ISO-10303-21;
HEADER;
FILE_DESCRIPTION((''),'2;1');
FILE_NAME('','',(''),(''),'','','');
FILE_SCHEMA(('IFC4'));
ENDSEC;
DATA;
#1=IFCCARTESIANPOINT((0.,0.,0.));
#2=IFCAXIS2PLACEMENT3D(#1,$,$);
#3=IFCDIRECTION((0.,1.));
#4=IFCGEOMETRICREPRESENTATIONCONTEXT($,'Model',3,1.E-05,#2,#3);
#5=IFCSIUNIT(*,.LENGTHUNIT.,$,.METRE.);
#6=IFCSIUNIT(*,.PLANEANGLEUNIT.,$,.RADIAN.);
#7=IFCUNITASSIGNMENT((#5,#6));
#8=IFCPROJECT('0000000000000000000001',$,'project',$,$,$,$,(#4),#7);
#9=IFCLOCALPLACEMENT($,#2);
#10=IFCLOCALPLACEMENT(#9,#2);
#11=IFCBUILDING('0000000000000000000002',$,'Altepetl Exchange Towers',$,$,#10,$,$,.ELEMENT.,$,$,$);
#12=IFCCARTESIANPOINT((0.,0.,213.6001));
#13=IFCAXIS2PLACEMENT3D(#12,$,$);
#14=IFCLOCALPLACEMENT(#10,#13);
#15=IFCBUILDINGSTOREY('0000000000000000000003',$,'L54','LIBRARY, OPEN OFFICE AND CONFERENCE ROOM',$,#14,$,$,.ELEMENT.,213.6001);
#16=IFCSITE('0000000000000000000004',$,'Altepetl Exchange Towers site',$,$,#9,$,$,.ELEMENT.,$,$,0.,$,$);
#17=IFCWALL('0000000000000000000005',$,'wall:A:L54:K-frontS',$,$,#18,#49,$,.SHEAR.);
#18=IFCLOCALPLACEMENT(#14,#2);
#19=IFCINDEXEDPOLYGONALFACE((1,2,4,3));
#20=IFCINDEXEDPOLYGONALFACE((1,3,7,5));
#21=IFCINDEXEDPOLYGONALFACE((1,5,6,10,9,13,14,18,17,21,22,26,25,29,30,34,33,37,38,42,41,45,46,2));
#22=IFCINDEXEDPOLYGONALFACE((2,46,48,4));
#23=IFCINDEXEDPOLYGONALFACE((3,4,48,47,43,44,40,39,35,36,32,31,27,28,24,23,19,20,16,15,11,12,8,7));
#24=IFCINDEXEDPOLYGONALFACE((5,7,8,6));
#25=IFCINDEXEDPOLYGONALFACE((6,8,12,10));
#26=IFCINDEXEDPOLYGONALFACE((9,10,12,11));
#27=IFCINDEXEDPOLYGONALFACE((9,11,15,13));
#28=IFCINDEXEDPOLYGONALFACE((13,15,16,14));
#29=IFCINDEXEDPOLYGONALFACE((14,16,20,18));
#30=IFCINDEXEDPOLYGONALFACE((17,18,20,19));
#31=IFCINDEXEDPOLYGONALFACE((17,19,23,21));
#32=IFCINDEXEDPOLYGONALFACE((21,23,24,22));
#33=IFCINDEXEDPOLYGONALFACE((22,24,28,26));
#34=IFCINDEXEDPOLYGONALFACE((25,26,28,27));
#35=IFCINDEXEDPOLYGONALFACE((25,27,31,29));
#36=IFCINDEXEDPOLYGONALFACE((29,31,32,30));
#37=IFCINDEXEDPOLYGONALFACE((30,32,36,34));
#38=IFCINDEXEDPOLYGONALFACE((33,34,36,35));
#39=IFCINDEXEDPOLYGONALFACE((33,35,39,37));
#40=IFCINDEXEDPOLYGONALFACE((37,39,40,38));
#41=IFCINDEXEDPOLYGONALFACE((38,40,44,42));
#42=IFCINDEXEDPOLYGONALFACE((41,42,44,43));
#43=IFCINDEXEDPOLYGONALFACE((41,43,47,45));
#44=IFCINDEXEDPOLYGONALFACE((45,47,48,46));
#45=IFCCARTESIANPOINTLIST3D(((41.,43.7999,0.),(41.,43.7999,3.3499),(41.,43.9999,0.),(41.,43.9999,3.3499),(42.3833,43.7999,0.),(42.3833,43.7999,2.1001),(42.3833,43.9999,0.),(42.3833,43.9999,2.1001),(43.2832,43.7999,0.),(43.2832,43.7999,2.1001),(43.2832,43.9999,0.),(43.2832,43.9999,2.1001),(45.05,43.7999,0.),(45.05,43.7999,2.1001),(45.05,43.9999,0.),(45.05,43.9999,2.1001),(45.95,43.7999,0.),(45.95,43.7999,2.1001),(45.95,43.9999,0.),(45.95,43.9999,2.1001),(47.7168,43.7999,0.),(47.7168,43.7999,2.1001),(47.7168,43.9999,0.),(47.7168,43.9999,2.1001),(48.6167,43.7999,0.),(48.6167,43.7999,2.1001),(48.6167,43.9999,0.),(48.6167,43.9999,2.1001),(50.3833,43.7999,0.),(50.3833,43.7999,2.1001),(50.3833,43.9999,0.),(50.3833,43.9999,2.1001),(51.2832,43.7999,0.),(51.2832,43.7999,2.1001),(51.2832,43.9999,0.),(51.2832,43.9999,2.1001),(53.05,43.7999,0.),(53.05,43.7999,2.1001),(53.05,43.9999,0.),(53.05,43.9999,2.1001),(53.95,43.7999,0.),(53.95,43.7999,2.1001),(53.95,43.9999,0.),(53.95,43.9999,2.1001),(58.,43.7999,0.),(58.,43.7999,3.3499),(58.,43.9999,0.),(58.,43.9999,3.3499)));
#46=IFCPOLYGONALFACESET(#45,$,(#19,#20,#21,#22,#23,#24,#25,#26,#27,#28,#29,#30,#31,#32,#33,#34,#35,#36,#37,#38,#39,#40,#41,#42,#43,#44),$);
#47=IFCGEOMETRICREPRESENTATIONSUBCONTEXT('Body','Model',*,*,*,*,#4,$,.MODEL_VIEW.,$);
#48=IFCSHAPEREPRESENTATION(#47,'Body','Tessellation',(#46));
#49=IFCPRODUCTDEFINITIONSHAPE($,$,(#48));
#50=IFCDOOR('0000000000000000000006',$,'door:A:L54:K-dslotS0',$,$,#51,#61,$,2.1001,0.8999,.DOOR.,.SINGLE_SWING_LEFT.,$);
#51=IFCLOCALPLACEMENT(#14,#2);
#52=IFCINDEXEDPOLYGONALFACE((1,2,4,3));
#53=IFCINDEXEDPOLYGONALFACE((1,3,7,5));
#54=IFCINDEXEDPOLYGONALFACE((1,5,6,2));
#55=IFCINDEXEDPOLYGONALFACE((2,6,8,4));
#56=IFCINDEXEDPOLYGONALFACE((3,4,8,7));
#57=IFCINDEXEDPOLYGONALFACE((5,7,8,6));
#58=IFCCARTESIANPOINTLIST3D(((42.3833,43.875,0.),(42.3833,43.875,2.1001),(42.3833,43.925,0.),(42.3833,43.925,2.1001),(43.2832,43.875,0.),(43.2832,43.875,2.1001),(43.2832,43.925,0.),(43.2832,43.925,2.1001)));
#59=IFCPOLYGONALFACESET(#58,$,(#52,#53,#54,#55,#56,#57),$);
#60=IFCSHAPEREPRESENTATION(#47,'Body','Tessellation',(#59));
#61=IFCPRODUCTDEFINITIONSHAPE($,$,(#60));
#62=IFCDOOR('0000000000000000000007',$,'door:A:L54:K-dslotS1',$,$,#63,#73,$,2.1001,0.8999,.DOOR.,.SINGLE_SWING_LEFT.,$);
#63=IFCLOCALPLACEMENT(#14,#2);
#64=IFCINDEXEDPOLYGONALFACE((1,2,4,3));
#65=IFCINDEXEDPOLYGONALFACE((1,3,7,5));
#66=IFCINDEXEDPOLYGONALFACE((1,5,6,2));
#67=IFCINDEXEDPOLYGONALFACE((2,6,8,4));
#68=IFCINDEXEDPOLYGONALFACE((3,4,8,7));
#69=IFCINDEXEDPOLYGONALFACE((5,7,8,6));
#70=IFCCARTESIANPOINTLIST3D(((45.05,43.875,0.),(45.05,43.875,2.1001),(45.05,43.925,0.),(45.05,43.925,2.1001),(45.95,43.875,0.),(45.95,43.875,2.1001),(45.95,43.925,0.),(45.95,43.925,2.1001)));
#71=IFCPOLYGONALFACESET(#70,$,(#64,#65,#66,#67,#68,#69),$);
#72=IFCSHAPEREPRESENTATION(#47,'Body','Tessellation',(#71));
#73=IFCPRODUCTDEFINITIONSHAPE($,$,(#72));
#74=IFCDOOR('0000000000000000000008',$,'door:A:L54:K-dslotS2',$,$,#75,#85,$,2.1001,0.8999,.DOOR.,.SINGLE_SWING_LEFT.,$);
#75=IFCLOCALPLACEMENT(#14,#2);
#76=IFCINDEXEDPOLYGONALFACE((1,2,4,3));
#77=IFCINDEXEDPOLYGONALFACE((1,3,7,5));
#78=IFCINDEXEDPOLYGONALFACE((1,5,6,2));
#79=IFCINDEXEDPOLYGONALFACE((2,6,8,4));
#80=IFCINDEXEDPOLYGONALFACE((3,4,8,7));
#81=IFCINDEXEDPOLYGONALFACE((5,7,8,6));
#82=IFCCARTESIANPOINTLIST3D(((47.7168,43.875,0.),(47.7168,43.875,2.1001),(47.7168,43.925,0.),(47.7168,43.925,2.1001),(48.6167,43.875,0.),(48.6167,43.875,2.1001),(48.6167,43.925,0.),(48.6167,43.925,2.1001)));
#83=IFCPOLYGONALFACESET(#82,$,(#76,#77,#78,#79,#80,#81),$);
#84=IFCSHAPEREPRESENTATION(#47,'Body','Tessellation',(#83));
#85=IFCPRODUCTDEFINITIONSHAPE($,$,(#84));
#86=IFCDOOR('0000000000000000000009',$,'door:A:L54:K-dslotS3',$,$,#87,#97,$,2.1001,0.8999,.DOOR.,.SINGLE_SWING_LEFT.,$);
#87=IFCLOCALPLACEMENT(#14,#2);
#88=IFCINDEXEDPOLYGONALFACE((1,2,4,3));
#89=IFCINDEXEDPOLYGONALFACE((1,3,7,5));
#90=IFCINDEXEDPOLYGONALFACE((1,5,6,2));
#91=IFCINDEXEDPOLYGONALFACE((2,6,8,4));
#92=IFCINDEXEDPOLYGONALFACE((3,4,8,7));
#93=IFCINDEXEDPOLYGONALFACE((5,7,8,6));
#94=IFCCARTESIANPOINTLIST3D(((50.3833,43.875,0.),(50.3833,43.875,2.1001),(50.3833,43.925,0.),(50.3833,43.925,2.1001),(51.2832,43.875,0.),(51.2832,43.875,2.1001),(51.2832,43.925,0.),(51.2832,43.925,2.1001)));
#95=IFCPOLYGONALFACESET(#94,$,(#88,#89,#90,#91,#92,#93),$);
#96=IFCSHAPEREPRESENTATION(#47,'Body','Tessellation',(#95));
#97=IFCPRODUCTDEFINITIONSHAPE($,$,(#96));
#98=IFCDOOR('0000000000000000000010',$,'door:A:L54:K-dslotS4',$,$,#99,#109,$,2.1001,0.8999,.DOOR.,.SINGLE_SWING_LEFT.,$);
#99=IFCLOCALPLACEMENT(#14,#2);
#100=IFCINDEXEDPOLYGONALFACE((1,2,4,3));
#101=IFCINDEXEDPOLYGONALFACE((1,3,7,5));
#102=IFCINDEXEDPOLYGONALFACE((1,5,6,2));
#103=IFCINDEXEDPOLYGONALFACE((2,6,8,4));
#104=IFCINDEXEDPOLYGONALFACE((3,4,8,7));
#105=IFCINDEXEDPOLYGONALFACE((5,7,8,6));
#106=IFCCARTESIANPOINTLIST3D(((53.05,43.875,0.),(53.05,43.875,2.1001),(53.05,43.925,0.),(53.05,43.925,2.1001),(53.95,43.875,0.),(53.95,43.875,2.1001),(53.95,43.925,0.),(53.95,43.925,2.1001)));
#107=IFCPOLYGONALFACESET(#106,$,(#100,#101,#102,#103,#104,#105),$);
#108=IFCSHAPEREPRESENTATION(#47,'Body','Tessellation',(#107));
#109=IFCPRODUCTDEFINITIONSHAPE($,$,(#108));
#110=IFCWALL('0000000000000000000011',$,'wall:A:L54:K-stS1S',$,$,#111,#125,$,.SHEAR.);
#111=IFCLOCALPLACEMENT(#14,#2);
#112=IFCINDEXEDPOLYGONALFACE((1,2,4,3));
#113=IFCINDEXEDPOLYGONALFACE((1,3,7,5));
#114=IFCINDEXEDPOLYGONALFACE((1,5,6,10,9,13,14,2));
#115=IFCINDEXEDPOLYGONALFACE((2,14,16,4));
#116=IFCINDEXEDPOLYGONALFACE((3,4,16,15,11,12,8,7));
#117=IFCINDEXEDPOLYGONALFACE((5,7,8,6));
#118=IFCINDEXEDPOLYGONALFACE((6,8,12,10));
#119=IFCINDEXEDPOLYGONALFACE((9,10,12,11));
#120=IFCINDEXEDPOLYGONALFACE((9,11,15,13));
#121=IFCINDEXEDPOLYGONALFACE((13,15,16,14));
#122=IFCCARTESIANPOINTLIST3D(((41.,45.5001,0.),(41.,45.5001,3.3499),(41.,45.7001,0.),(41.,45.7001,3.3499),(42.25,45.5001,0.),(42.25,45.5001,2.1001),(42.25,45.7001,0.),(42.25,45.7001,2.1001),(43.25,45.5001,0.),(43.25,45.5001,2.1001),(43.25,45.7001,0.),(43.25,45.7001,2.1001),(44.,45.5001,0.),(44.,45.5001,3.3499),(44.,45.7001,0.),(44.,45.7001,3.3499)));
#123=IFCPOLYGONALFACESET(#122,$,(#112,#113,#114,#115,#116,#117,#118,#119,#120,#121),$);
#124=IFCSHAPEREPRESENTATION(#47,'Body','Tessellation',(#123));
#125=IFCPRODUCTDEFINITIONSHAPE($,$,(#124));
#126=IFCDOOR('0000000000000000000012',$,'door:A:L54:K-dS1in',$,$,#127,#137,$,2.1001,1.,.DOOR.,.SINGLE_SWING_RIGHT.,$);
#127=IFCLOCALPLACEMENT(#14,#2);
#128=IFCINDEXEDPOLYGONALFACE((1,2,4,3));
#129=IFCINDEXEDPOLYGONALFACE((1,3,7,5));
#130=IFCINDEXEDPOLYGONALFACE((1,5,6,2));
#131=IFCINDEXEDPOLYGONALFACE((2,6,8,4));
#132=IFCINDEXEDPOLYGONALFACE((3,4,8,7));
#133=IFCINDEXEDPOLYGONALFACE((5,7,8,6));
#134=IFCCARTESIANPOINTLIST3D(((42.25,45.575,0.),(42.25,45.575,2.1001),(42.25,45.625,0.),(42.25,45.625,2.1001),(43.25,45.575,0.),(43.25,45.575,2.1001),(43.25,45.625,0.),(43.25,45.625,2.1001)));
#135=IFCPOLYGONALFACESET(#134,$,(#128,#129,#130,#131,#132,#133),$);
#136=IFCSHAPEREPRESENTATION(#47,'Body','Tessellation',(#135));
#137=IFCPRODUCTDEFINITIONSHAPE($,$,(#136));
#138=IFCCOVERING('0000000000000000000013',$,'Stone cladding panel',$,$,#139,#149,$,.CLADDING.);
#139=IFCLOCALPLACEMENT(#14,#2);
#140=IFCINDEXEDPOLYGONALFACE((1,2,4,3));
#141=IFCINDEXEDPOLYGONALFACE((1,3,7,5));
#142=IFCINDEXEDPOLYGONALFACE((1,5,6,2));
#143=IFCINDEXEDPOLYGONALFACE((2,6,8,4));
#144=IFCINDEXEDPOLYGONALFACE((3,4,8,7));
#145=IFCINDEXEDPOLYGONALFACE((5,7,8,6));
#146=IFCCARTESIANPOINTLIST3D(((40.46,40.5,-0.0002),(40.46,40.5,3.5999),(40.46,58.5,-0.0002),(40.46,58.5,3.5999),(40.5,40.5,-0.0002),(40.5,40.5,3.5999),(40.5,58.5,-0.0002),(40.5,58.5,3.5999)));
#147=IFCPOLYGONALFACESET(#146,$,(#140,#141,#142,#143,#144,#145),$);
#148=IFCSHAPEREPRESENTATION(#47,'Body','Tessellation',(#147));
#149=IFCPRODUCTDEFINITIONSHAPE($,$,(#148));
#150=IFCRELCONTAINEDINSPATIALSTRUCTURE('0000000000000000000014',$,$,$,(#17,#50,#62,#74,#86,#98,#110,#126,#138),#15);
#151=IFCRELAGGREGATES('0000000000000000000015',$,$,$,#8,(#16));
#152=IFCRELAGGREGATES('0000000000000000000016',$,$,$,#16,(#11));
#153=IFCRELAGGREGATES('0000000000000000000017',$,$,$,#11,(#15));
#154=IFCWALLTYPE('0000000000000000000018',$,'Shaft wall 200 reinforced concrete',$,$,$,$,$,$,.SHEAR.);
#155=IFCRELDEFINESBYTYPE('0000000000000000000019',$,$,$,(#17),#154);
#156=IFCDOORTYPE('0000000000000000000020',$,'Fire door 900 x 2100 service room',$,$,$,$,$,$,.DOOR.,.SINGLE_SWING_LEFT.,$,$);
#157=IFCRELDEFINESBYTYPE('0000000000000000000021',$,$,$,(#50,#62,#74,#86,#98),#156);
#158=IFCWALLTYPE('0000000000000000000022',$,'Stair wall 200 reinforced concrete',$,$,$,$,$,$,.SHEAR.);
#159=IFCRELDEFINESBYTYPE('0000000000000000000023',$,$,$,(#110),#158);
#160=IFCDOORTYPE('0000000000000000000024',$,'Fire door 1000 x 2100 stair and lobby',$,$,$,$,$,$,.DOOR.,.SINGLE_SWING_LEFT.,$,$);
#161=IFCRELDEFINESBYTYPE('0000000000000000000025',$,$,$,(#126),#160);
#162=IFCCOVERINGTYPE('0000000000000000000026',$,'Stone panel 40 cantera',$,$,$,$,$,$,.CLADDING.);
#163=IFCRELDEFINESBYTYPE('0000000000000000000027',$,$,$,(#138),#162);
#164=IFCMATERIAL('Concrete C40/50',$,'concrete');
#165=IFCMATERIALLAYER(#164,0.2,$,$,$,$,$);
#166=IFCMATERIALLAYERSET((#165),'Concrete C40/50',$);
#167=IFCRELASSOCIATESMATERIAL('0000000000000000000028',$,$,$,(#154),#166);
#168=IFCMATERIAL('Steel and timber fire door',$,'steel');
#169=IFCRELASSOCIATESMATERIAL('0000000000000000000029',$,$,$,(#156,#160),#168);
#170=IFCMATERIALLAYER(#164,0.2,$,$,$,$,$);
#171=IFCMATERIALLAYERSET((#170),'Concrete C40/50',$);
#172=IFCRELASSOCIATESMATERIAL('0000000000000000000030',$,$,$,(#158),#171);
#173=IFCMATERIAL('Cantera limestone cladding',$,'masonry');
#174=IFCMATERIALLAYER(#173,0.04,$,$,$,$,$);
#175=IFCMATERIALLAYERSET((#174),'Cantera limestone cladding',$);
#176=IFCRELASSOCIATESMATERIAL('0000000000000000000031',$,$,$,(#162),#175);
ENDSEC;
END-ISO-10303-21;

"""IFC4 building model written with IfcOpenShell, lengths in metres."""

from ifc_helpers import new_model, si_unit, direction, frame, frame_2d, origin, origin_2d, place, context, subcontext, project, spatial, rectangle, extrude, material, layer, layer_set, type_object, element, fill, save


model = new_model("IFC4")

# Units and contexts
model_context = context("Model", 3, precision=1e-05, world=origin(), true_north=direction((0.0, 1.0)))
body_context = subcontext(model_context, "Body", "Model", "MODEL_VIEW")
ifc_project = project(units=[si_unit("LENGTHUNIT", "METRE"), si_unit("PLANEANGLEUNIT", "RADIAN")], contexts=[model_context])

# Site, building, storey
site_placement = place(None, origin())
site = spatial("IfcSite", under=ifc_project, at=site_placement, Name="Altepetl Exchange Towers site", CompositionType="ELEMENT", RefElevation=0.0)
building_placement = place(site_placement, origin())
building = spatial("IfcBuilding", under=site, at=building_placement, Name="Altepetl Exchange Towers", CompositionType="ELEMENT")
storey_placement = place(building_placement, frame((0.0, 0.0, 213.6001)))
storey = spatial("IfcBuildingStorey", under=building, at=storey_placement, Name="L54", Description="LIBRARY, OPEN OFFICE AND CONFERENCE ROOM", CompositionType="ELEMENT", Elevation=213.6001)

# Wall, openings, doors
ifc_material_1 = material(Name="Concrete C40/50", Category="concrete")
ifc_layer_1 = layer(ifc_material_1, 0.2)
ifc_layer_set_1 = layer_set([ifc_layer_1], Name="Concrete C40/50")
wall_type_1 = type_object("IfcWallType", Name="Shaft wall 200 reinforced concrete", PredefinedType="SHEAR", material=ifc_layer_set_1)
wall_1_placement = place(storey_placement, frame((41.0, 43.8999, 0.0)))
wall_1 = element("IfcWall", 1, at=wall_1_placement, inside=storey, type_object=wall_type_1, Name="wall:A:L54:K-frontS", PredefinedType="SHEAR", context=body_context, shape_type="SweptSolid", body=[
    extrude(rectangle(XDim=17.0, YDim=0.2, at=frame_2d((8.5, 0.0))), origin(), (0.0, 0.0, 1.0), 3.3499),
])
opening_1_placement = place(wall_1_placement, frame((1.3833, 0.0, 0.0)))
opening_1 = element("IfcOpeningElement", 2, at=opening_1_placement, cuts=wall_1, PredefinedType="OPENING", context=body_context, shape_type="SweptSolid", body=[
    extrude(rectangle(XDim=0.8999, YDim=2.1001, at=frame_2d((0.45, 1.05))), frame((0.0, 0.1099, 0.0), z_axis=(0.0, -1.0, 0.0), x_axis=(1.0, 0.0, 0.0)), (0.0, 0.0, 1.0), 0.22),
])
opening_2_placement = place(wall_1_placement, frame((4.05, 0.0, 0.0)))
opening_2 = element("IfcOpeningElement", 3, at=opening_2_placement, cuts=wall_1, PredefinedType="OPENING", context=body_context, shape_type="SweptSolid", body=[
    extrude(rectangle(XDim=0.8999, YDim=2.1001, at=frame_2d((0.45, 1.05))), frame((0.0, 0.1099, 0.0), z_axis=(0.0, -1.0, 0.0), x_axis=(1.0, 0.0, 0.0)), (0.0, 0.0, 1.0), 0.22),
])
opening_3_placement = place(wall_1_placement, frame((6.7168, 0.0, 0.0)))
opening_3 = element("IfcOpeningElement", 4, at=opening_3_placement, cuts=wall_1, PredefinedType="OPENING", context=body_context, shape_type="SweptSolid", body=[
    extrude(rectangle(XDim=0.8999, YDim=2.1001, at=frame_2d((0.45, 1.05))), frame((0.0, 0.1099, 0.0), z_axis=(0.0, -1.0, 0.0), x_axis=(1.0, 0.0, 0.0)), (0.0, 0.0, 1.0), 0.22),
])
opening_4_placement = place(wall_1_placement, frame((9.3833, 0.0, 0.0)))
opening_4 = element("IfcOpeningElement", 5, at=opening_4_placement, cuts=wall_1, PredefinedType="OPENING", context=body_context, shape_type="SweptSolid", body=[
    extrude(rectangle(XDim=0.8999, YDim=2.1001, at=frame_2d((0.45, 1.05))), frame((0.0, 0.1099, 0.0), z_axis=(0.0, -1.0, 0.0), x_axis=(1.0, 0.0, 0.0)), (0.0, 0.0, 1.0), 0.22),
])
opening_5_placement = place(wall_1_placement, frame((12.05, 0.0, 0.0)))
opening_5 = element("IfcOpeningElement", 6, at=opening_5_placement, cuts=wall_1, PredefinedType="OPENING", context=body_context, shape_type="SweptSolid", body=[
    extrude(rectangle(XDim=0.8999, YDim=2.1001, at=frame_2d((0.45, 1.05))), frame((0.0, 0.1099, 0.0), z_axis=(0.0, -1.0, 0.0), x_axis=(1.0, 0.0, 0.0)), (0.0, 0.0, 1.0), 0.22),
])
ifc_material_2 = material(Name="Steel and timber fire door", Category="steel")
door_type_1 = type_object("IfcDoorType", Name="Fire door 900 x 2100 service room", OperationType="SINGLE_SWING_LEFT", PredefinedType="DOOR", material=ifc_material_2)
door_1_placement = place(opening_1_placement, frame((0.8999, 0.0, 0.0), x_axis=(-1.0, 0.0, 0.0)))
door_1 = element("IfcDoor", 7, at=door_1_placement, inside=storey, type_object=door_type_1, Name="door:A:L54:K-dslotS0", OperationType="SINGLE_SWING_LEFT", OverallHeight=2.1001, OverallWidth=0.8999, PredefinedType="DOOR", context=body_context, shape_type="SweptSolid", body=[
    extrude(rectangle(XDim=0.8999, YDim=2.1001, at=frame_2d((0.45, 1.05))), frame((0.0, 0.0249, 0.0), z_axis=(0.0, -1.0, 0.0), x_axis=(1.0, 0.0, 0.0)), (0.0, 0.0, 1.0), 0.05),
])
fill(opening_1, door_1)
door_2_placement = place(opening_2_placement, frame((0.8999, 0.0, 0.0), x_axis=(-1.0, 0.0, 0.0)))
door_2 = element("IfcDoor", 8, at=door_2_placement, inside=storey, type_object=door_type_1, Name="door:A:L54:K-dslotS1", OperationType="SINGLE_SWING_LEFT", OverallHeight=2.1001, OverallWidth=0.8999, PredefinedType="DOOR", context=body_context, shape_type="SweptSolid", body=[
    extrude(rectangle(XDim=0.8999, YDim=2.1001, at=frame_2d((0.45, 1.05))), frame((0.0, 0.0249, 0.0), z_axis=(0.0, -1.0, 0.0), x_axis=(1.0, 0.0, 0.0)), (0.0, 0.0, 1.0), 0.05),
])
fill(opening_2, door_2)
door_3_placement = place(opening_3_placement, frame((0.8999, 0.0, 0.0), x_axis=(-1.0, 0.0, 0.0)))
door_3 = element("IfcDoor", 9, at=door_3_placement, inside=storey, type_object=door_type_1, Name="door:A:L54:K-dslotS2", OperationType="SINGLE_SWING_LEFT", OverallHeight=2.1001, OverallWidth=0.8999, PredefinedType="DOOR", context=body_context, shape_type="SweptSolid", body=[
    extrude(rectangle(XDim=0.8999, YDim=2.1001, at=frame_2d((0.45, 1.05))), frame((0.0, 0.0249, 0.0), z_axis=(0.0, -1.0, 0.0), x_axis=(1.0, 0.0, 0.0)), (0.0, 0.0, 1.0), 0.05),
])
fill(opening_3, door_3)
door_4_placement = place(opening_4_placement, frame((0.8999, 0.0, 0.0), x_axis=(-1.0, 0.0, 0.0)))
door_4 = element("IfcDoor", 10, at=door_4_placement, inside=storey, type_object=door_type_1, Name="door:A:L54:K-dslotS3", OperationType="SINGLE_SWING_LEFT", OverallHeight=2.1001, OverallWidth=0.8999, PredefinedType="DOOR", context=body_context, shape_type="SweptSolid", body=[
    extrude(rectangle(XDim=0.8999, YDim=2.1001, at=frame_2d((0.45, 1.05))), frame((0.0, 0.0249, 0.0), z_axis=(0.0, -1.0, 0.0), x_axis=(1.0, 0.0, 0.0)), (0.0, 0.0, 1.0), 0.05),
])
fill(opening_4, door_4)
door_5_placement = place(opening_5_placement, frame((0.8999, 0.0, 0.0), x_axis=(-1.0, 0.0, 0.0)))
door_5 = element("IfcDoor", 11, at=door_5_placement, inside=storey, type_object=door_type_1, Name="door:A:L54:K-dslotS4", OperationType="SINGLE_SWING_LEFT", OverallHeight=2.1001, OverallWidth=0.8999, PredefinedType="DOOR", context=body_context, shape_type="SweptSolid", body=[
    extrude(rectangle(XDim=0.8999, YDim=2.1001, at=frame_2d((0.45, 1.05))), frame((0.0, 0.0249, 0.0), z_axis=(0.0, -1.0, 0.0), x_axis=(1.0, 0.0, 0.0)), (0.0, 0.0, 1.0), 0.05),
])
fill(opening_5, door_5)

# Wall, opening, door
ifc_layer_2 = layer(ifc_material_1, 0.2)
ifc_layer_set_2 = layer_set([ifc_layer_2], Name="Concrete C40/50")
wall_type_2 = type_object("IfcWallType", Name="Stair wall 200 reinforced concrete", PredefinedType="SHEAR", material=ifc_layer_set_2)
wall_2_placement = place(storey_placement, frame((41.0, 45.6001, 0.0)))
wall_2 = element("IfcWall", 12, at=wall_2_placement, inside=storey, type_object=wall_type_2, Name="wall:A:L54:K-stS1S", PredefinedType="SHEAR", context=body_context, shape_type="SweptSolid", body=[
    extrude(rectangle(XDim=3.0, YDim=0.2, at=frame_2d((1.5, 0.0))), origin(), (0.0, 0.0, 1.0), 3.3499),
])
opening_6_placement = place(wall_2_placement, frame((1.25, 0.0, 0.0)))
opening_6 = element("IfcOpeningElement", 13, at=opening_6_placement, cuts=wall_2, PredefinedType="OPENING", context=body_context, shape_type="SweptSolid", body=[
    extrude(rectangle(XDim=1.0, YDim=2.1001, at=frame_2d((0.5, 1.05))), frame((0.0, 0.1099, 0.0), z_axis=(0.0, -1.0, 0.0), x_axis=(1.0, 0.0, 0.0)), (0.0, 0.0, 1.0), 0.22),
])
door_type_2 = type_object("IfcDoorType", Name="Fire door 1000 x 2100 stair and lobby", OperationType="SINGLE_SWING_LEFT", PredefinedType="DOOR", material=ifc_material_2)
door_6_placement = place(opening_6_placement, origin())
door_6 = element("IfcDoor", 14, at=door_6_placement, inside=storey, type_object=door_type_2, Name="door:A:L54:K-dS1in", OperationType="SINGLE_SWING_RIGHT", OverallHeight=2.1001, OverallWidth=1.0, PredefinedType="DOOR", context=body_context, shape_type="SweptSolid", body=[
    extrude(rectangle(XDim=1.0, YDim=2.1001, at=frame_2d((0.5, 1.05))), frame((0.0, 0.0249, 0.0), z_axis=(0.0, -1.0, 0.0), x_axis=(1.0, 0.0, 0.0)), (0.0, 0.0, 1.0), 0.05),
])
fill(opening_6, door_6)

# Covering
ifc_material_3 = material(Name="Cantera limestone cladding", Category="masonry")
ifc_layer_3 = layer(ifc_material_3, 0.04)
ifc_layer_set_3 = layer_set([ifc_layer_3], Name="Cantera limestone cladding")
covering_type = type_object("IfcCoveringType", Name="Stone panel 40 cantera", PredefinedType="CLADDING", material=ifc_layer_set_3)
covering_placement = place(storey_placement, frame((40.48, 49.5, -0.0002), z_axis=(0.0, 0.0, 1.0), x_axis=(0.0, -1.0, 0.0)))
element("IfcCovering", 15, at=covering_placement, inside=storey, type_object=covering_type, Name="Stone cladding panel", PredefinedType="CLADDING", context=body_context, shape_type="SweptSolid", body=[
    extrude(rectangle(XDim=18.0, YDim=0.04, at=origin_2d()), origin(), (0.0, 0.0, 1.0), 3.6001),
])

save(model, "model.ifc")
